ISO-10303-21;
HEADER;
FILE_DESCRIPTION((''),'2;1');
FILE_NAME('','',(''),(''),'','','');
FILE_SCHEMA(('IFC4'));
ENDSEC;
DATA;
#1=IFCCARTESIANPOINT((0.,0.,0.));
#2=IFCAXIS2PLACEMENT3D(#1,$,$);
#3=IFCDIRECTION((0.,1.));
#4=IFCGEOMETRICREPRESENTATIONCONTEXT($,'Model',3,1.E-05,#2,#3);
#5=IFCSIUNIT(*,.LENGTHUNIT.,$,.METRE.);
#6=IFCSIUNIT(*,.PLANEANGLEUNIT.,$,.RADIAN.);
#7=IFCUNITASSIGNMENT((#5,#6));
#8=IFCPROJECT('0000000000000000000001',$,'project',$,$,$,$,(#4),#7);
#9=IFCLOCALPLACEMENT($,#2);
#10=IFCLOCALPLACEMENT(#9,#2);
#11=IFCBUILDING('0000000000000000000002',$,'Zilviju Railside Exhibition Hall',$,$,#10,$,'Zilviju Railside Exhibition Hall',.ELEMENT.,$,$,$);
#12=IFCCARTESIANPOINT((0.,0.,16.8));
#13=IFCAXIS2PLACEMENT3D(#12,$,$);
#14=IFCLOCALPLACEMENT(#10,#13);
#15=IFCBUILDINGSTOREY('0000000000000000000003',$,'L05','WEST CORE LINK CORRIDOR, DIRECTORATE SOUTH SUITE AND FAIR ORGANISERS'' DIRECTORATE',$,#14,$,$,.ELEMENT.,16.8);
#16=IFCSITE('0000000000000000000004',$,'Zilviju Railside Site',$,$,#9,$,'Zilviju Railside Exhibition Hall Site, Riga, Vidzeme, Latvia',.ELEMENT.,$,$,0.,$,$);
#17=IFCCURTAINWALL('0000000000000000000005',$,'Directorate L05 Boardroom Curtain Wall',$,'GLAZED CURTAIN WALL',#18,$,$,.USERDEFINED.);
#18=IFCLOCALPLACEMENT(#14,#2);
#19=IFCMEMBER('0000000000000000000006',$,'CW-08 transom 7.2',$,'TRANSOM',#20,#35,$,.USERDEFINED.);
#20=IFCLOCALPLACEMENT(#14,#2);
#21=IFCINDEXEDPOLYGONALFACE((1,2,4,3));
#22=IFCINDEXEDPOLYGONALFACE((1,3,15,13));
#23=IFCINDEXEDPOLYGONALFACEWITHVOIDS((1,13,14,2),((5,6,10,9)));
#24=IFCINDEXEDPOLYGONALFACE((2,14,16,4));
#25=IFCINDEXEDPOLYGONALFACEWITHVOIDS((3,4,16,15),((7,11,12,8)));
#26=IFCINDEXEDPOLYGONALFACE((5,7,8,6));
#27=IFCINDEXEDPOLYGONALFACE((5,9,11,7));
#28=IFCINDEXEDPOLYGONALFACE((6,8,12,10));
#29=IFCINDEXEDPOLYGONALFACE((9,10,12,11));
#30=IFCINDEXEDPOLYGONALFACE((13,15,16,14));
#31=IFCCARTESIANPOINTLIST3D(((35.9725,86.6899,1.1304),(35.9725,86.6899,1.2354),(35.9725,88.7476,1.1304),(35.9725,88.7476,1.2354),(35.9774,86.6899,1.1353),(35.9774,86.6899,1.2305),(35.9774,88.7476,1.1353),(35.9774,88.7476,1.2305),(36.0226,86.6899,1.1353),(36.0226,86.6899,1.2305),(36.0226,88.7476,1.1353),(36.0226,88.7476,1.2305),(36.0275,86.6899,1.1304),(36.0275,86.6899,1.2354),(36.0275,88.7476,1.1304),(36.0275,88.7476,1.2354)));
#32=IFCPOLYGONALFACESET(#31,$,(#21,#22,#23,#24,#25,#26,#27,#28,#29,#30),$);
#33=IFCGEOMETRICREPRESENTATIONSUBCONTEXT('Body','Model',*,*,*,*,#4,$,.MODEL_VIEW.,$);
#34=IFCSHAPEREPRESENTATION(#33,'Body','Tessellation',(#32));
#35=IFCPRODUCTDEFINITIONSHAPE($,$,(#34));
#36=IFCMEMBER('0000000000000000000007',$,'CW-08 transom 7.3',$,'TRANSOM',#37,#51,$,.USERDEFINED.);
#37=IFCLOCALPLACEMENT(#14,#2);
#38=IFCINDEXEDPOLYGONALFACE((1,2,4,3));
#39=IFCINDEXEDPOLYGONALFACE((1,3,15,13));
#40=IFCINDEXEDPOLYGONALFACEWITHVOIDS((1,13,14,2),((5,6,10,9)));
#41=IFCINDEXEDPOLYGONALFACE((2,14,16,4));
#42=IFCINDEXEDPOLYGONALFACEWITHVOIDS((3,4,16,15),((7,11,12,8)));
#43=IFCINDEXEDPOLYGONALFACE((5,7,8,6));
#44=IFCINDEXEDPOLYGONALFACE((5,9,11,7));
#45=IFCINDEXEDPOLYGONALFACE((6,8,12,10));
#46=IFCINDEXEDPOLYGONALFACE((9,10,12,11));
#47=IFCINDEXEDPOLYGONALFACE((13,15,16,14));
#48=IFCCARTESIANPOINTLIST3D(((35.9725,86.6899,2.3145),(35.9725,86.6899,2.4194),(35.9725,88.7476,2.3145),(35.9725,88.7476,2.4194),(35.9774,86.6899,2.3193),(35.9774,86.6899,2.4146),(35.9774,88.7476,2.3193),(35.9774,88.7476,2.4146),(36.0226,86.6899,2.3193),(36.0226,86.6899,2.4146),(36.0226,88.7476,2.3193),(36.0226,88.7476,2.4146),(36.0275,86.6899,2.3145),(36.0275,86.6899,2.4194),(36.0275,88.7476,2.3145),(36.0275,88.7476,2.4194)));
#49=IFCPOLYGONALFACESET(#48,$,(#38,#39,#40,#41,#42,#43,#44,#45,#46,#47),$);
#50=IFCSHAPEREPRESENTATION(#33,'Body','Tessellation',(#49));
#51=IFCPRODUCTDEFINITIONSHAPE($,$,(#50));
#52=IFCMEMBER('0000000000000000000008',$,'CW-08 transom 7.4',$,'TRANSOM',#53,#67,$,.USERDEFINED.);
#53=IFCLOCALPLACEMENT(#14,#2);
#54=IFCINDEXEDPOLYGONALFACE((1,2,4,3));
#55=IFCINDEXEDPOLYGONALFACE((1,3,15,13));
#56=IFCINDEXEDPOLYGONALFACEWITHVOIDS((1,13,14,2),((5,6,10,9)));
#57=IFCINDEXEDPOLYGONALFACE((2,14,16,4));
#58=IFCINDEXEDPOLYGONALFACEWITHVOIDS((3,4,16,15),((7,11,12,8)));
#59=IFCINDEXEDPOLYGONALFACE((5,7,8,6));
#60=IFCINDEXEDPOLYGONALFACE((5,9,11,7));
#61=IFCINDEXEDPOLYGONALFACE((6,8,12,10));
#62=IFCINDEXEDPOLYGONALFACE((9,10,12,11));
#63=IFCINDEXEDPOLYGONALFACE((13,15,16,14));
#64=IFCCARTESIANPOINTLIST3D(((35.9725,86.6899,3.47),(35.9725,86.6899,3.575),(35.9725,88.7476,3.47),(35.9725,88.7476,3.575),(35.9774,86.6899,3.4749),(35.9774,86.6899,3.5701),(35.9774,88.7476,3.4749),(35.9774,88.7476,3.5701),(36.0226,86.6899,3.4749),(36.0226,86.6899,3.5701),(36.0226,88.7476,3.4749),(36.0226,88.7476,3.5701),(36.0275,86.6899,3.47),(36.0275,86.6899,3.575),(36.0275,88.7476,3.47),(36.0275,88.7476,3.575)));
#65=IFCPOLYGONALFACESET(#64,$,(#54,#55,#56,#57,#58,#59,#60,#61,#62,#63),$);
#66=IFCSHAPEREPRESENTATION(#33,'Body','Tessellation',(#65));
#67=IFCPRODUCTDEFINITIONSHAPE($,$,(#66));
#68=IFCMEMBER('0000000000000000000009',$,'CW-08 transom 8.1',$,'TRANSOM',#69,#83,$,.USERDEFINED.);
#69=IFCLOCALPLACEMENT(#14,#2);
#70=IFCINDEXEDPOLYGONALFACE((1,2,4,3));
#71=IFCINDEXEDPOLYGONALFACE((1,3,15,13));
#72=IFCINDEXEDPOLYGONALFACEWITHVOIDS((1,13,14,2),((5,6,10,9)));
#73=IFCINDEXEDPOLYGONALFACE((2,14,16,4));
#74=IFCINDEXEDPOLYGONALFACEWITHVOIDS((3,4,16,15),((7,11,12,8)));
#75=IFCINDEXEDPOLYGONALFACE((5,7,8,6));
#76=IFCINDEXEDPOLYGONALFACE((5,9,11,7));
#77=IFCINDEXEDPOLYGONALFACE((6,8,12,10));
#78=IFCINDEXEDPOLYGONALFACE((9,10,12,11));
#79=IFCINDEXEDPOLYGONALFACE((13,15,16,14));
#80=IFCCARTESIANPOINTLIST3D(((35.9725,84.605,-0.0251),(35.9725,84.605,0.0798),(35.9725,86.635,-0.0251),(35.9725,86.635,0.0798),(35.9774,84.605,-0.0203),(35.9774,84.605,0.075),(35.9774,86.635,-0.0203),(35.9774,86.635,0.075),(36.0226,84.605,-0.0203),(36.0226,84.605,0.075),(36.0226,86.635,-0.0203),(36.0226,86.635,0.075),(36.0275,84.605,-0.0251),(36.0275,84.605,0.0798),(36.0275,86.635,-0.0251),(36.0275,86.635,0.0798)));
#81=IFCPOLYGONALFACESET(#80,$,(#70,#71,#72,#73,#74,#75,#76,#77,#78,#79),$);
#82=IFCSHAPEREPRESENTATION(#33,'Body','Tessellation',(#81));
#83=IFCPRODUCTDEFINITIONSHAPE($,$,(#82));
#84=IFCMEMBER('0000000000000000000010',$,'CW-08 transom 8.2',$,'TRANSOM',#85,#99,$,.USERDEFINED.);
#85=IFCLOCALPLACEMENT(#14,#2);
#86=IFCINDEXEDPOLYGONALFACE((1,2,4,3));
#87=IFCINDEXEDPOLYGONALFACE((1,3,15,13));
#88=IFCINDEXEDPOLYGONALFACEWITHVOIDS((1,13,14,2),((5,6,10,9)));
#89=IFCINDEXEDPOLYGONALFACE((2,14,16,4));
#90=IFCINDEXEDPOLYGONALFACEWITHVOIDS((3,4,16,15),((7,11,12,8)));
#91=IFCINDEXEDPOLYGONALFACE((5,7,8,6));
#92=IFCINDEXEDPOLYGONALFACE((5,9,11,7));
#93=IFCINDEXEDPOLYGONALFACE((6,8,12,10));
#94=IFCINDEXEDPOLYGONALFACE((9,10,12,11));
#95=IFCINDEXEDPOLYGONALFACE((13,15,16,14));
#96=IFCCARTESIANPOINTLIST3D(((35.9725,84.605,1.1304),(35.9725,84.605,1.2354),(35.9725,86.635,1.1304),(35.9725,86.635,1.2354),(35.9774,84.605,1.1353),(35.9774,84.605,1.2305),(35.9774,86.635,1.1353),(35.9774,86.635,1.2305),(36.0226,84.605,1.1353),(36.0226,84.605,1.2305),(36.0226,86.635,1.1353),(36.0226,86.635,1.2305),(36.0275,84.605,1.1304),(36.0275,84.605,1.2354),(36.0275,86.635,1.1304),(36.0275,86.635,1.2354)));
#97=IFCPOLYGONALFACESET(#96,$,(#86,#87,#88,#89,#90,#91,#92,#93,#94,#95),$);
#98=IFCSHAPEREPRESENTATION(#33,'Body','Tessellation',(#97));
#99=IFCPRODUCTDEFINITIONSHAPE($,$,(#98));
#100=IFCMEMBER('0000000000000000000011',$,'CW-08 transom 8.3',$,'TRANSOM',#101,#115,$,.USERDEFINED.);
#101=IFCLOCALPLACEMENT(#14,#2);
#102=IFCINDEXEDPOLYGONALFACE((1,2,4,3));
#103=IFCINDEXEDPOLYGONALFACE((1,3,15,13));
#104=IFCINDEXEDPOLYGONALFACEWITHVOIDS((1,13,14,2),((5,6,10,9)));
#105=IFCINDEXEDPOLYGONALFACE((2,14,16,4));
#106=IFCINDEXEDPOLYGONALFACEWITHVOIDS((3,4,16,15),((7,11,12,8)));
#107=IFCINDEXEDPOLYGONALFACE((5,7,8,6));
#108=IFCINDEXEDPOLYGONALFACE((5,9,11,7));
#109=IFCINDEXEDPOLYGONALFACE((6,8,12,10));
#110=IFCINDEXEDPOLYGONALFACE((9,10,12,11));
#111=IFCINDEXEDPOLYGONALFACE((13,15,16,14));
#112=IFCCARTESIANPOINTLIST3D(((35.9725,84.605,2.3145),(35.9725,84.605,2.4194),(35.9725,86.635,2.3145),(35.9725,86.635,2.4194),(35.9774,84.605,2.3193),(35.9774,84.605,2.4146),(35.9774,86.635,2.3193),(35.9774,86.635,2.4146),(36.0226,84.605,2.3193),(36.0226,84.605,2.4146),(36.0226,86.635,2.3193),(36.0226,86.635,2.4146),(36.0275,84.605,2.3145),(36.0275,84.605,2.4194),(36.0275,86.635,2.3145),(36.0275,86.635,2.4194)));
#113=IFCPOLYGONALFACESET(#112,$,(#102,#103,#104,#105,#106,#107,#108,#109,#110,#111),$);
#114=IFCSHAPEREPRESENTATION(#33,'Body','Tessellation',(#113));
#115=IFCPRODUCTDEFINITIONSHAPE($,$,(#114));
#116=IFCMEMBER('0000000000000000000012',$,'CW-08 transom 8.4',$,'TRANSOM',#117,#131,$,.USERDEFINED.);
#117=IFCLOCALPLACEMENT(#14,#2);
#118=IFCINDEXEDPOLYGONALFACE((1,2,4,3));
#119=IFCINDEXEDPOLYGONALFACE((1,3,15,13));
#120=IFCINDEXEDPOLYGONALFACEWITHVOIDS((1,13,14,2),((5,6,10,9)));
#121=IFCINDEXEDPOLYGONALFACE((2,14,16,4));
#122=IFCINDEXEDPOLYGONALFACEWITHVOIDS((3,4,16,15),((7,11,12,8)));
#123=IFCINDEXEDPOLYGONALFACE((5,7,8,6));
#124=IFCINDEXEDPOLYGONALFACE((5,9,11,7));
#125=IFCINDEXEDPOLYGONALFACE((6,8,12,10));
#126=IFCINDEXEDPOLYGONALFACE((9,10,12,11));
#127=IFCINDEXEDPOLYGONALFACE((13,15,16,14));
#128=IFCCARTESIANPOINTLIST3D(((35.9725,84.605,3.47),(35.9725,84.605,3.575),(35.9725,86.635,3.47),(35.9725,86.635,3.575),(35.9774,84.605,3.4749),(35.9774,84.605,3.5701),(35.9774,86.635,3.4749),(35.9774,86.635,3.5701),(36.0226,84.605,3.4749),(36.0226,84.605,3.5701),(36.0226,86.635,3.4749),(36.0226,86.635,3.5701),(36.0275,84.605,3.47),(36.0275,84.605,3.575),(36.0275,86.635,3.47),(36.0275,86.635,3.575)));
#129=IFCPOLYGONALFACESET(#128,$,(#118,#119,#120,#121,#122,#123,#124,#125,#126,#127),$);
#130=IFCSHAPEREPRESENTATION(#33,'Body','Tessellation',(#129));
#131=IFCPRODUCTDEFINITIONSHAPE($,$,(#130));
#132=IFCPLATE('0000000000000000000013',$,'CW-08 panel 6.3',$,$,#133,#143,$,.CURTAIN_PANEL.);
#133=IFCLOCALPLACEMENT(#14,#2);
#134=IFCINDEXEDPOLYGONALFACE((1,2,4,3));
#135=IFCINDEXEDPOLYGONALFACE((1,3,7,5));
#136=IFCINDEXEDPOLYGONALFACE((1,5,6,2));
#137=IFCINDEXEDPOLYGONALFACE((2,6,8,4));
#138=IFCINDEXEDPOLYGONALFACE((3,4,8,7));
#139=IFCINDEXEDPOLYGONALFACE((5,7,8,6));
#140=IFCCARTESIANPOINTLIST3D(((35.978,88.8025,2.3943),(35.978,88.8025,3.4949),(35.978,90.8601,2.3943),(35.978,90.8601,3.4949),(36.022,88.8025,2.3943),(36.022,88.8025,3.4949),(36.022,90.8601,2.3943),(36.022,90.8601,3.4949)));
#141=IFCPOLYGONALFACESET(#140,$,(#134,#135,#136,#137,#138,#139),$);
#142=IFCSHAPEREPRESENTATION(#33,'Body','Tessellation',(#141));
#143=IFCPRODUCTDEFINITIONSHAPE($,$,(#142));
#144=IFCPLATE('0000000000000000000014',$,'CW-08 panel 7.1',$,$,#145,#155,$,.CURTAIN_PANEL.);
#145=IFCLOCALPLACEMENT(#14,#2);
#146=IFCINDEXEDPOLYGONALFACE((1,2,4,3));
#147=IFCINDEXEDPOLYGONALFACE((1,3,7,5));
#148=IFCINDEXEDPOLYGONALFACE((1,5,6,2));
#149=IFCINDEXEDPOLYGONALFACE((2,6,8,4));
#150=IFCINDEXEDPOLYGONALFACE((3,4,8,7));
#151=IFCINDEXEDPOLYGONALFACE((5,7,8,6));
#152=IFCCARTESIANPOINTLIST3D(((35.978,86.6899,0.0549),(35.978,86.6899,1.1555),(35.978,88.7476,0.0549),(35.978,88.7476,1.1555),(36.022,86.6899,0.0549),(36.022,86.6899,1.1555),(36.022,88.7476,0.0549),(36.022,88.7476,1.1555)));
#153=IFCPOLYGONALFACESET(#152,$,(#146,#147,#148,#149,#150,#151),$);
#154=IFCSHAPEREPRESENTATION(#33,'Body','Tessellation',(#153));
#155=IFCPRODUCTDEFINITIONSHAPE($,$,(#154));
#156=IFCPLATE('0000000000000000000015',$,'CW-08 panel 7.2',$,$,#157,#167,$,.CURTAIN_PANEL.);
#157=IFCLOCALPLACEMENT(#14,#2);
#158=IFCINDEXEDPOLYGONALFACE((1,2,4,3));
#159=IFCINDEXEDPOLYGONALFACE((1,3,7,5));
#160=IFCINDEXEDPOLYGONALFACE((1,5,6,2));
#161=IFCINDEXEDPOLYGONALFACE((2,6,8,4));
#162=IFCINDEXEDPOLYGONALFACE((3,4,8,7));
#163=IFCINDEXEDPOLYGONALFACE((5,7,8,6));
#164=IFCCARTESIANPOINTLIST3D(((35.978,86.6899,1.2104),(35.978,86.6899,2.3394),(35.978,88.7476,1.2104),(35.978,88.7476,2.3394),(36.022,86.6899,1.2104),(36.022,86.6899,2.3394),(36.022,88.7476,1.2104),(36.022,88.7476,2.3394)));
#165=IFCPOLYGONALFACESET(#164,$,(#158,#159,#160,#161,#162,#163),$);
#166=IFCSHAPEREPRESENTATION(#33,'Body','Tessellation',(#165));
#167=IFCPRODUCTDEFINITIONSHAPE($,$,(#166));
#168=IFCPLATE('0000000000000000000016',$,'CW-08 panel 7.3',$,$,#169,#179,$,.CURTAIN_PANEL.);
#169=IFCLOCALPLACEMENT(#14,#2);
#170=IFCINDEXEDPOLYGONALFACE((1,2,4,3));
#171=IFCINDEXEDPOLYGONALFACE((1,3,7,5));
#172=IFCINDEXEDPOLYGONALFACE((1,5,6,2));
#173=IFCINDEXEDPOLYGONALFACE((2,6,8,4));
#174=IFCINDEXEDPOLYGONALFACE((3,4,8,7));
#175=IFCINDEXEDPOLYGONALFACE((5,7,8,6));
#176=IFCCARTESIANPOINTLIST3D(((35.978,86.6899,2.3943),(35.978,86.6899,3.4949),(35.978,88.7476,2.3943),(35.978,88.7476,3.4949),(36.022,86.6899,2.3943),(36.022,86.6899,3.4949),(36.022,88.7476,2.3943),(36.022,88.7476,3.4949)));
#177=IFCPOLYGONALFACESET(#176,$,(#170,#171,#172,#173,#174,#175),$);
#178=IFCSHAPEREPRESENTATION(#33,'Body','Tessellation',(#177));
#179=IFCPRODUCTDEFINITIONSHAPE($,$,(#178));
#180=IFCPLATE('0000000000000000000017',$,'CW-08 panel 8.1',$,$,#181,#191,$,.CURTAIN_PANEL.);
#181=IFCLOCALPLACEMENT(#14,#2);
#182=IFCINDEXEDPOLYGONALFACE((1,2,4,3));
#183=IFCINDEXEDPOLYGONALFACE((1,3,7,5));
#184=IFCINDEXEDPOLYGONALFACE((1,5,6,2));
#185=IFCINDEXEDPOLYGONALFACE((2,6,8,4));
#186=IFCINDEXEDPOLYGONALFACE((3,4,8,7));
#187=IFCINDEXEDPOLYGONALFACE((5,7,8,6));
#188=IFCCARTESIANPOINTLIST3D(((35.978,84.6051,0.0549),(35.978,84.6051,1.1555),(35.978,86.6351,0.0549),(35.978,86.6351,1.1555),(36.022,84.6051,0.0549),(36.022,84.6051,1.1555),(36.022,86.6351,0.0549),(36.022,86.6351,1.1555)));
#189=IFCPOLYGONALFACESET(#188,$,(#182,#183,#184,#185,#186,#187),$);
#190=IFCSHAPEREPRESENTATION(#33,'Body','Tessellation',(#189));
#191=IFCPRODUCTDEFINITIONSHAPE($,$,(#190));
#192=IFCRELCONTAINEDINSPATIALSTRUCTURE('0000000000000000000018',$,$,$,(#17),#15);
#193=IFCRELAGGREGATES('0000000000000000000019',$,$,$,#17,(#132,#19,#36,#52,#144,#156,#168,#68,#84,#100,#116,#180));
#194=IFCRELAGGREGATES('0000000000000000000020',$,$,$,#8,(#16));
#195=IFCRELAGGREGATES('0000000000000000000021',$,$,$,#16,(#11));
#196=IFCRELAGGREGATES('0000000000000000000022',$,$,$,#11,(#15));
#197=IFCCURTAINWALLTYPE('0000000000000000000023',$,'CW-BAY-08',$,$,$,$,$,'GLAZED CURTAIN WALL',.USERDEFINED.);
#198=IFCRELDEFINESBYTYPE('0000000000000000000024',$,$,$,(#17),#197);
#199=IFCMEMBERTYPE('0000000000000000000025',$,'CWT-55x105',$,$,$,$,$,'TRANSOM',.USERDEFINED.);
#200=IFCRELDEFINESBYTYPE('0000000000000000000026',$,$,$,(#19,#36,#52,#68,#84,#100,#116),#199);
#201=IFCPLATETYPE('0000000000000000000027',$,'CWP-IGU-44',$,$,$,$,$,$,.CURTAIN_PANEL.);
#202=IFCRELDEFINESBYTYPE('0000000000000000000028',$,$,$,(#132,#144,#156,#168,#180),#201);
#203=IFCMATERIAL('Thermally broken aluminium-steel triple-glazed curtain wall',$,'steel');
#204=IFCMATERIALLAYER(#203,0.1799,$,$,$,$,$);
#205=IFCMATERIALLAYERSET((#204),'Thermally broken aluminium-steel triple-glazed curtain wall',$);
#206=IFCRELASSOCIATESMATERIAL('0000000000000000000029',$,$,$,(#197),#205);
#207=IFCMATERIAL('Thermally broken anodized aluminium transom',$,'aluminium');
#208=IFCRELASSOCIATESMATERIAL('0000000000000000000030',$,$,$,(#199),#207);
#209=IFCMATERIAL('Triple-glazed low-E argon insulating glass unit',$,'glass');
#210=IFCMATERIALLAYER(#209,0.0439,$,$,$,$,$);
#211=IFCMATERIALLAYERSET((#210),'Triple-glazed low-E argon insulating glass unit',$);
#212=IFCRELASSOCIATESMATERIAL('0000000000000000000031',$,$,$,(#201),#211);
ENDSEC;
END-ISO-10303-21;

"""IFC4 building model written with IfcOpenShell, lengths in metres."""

from ifc_helpers import new_model, si_unit, direction, frame, origin, origin_2d, place, context, subcontext, project, spatial, rectangle, hollow_rectangle, extrude, material, layer, layer_set, material_profile, profile_set, type_object, element, aggregate, save


model = new_model("IFC4")

# Units and contexts
model_context = context("Model", 3, precision=1e-05, world=origin(), true_north=direction((0.0, 1.0)))
body_context = subcontext(model_context, "Body", "Model", "MODEL_VIEW")
ifc_project = project(units=[si_unit("LENGTHUNIT", "METRE"), si_unit("PLANEANGLEUNIT", "RADIAN")], contexts=[model_context])

# Site, building, storey
site_placement = place(None, origin())
site = spatial("IfcSite", under=ifc_project, at=site_placement, Name="Zilviju Railside Site", LongName="Zilviju Railside Exhibition Hall Site, Riga, Vidzeme, Latvia", CompositionType="ELEMENT", RefElevation=0.0)
building_placement = place(site_placement, origin())
building = spatial("IfcBuilding", under=site, at=building_placement, Name="Zilviju Railside Exhibition Hall", LongName="Zilviju Railside Exhibition Hall", CompositionType="ELEMENT")
storey_placement = place(building_placement, frame((0.0, 0.0, 16.8)))
storey = spatial("IfcBuildingStorey", under=building, at=storey_placement, Name="L05", Description="WEST CORE LINK CORRIDOR, DIRECTORATE SOUTH SUITE AND FAIR ORGANISERS' DIRECTORATE", CompositionType="ELEMENT", Elevation=16.8)

# Curtain wall, members, plates
ifc_material_1 = material(Name="Thermally broken aluminium-steel triple-glazed curtain wall", Category="steel")
ifc_layer_1 = layer(ifc_material_1, 0.1799)
ifc_layer_set_1 = layer_set([ifc_layer_1], Name="Thermally broken aluminium-steel triple-glazed curtain wall")
curtain_wall_type = type_object("IfcCurtainWallType", Name="CW-BAY-08", ElementType="GLAZED CURTAIN WALL", PredefinedType="USERDEFINED", material=ifc_layer_set_1)
curtain_wall_placement = place(storey_placement, origin())
curtain_wall = element("IfcCurtainWall", 1, at=curtain_wall_placement, inside=storey, type_object=curtain_wall_type, Name="Directorate L05 Boardroom Curtain Wall", ObjectType="GLAZED CURTAIN WALL", PredefinedType="USERDEFINED")
ifc_material_2 = material(Name="Thermally broken anodized aluminium transom", Category="aluminium")
ifc_material_profile_1 = material_profile(ifc_material_2, hollow_rectangle(XDim=0.0549, YDim=0.105, WallThickness=0.0049, at=origin_2d()), Name="TRANSOM 105x55x5")
ifc_profile_set_1 = profile_set([ifc_material_profile_1], Name="Thermally broken anodized aluminium transom")
member_type = type_object("IfcMemberType", Name="CWT-55x105", ElementType="TRANSOM", PredefinedType="USERDEFINED", material=ifc_profile_set_1)
member_1_placement = place(storey_placement, frame((36.0, 88.7476, 1.1829), z_axis=(0.0, -1.0, 0.0), x_axis=(1.0, 0.0, 0.0)))
member_1 = element("IfcMember", 2, at=member_1_placement, type_object=member_type, Name="CW-08 transom 7.2", ObjectType="TRANSOM", PredefinedType="USERDEFINED", context=body_context, shape_type="SweptSolid", body=[
    extrude(hollow_rectangle(XDim=0.0549, YDim=0.105, WallThickness=0.0049, at=origin_2d()), origin(), (0.0, 0.0, 1.0), 2.0576),
])
member_2_placement = place(storey_placement, frame((36.0, 88.7476, 2.3669), z_axis=(0.0, -1.0, 0.0), x_axis=(1.0, 0.0, 0.0)))
member_2 = element("IfcMember", 3, at=member_2_placement, type_object=member_type, Name="CW-08 transom 7.3", ObjectType="TRANSOM", PredefinedType="USERDEFINED", context=body_context, shape_type="SweptSolid", body=[
    extrude(hollow_rectangle(XDim=0.0549, YDim=0.105, WallThickness=0.0049, at=origin_2d()), origin(), (0.0, 0.0, 1.0), 2.0576),
])
member_3_placement = place(storey_placement, frame((36.0, 88.7476, 3.5225), z_axis=(0.0, -1.0, 0.0), x_axis=(1.0, 0.0, 0.0)))
member_3 = element("IfcMember", 4, at=member_3_placement, type_object=member_type, Name="CW-08 transom 7.4", ObjectType="TRANSOM", PredefinedType="USERDEFINED", context=body_context, shape_type="SweptSolid", body=[
    extrude(hollow_rectangle(XDim=0.0549, YDim=0.105, WallThickness=0.0049, at=origin_2d()), origin(), (0.0, 0.0, 1.0), 2.0576),
])
member_4_placement = place(storey_placement, frame((36.0, 86.635, 0.0273), z_axis=(0.0, -1.0, 0.0), x_axis=(1.0, 0.0, 0.0)))
member_4 = element("IfcMember", 5, at=member_4_placement, type_object=member_type, Name="CW-08 transom 8.1", ObjectType="TRANSOM", PredefinedType="USERDEFINED", context=body_context, shape_type="SweptSolid", body=[
    extrude(hollow_rectangle(XDim=0.0549, YDim=0.105, WallThickness=0.0049, at=origin_2d()), origin(), (0.0, 0.0, 1.0), 2.03),
])
member_5_placement = place(storey_placement, frame((36.0, 86.635, 1.1829), z_axis=(0.0, -1.0, 0.0), x_axis=(1.0, 0.0, 0.0)))
member_5 = element("IfcMember", 6, at=member_5_placement, type_object=member_type, Name="CW-08 transom 8.2", ObjectType="TRANSOM", PredefinedType="USERDEFINED", context=body_context, shape_type="SweptSolid", body=[
    extrude(hollow_rectangle(XDim=0.0549, YDim=0.105, WallThickness=0.0049, at=origin_2d()), origin(), (0.0, 0.0, 1.0), 2.03),
])
member_6_placement = place(storey_placement, frame((36.0, 86.635, 2.3669), z_axis=(0.0, -1.0, 0.0), x_axis=(1.0, 0.0, 0.0)))
member_6 = element("IfcMember", 7, at=member_6_placement, type_object=member_type, Name="CW-08 transom 8.3", ObjectType="TRANSOM", PredefinedType="USERDEFINED", context=body_context, shape_type="SweptSolid", body=[
    extrude(hollow_rectangle(XDim=0.0549, YDim=0.105, WallThickness=0.0049, at=origin_2d()), origin(), (0.0, 0.0, 1.0), 2.03),
])
member_7_placement = place(storey_placement, frame((36.0, 86.635, 3.5225), z_axis=(0.0, -1.0, 0.0), x_axis=(1.0, 0.0, 0.0)))
member_7 = element("IfcMember", 8, at=member_7_placement, type_object=member_type, Name="CW-08 transom 8.4", ObjectType="TRANSOM", PredefinedType="USERDEFINED", context=body_context, shape_type="SweptSolid", body=[
    extrude(hollow_rectangle(XDim=0.0549, YDim=0.105, WallThickness=0.0049, at=origin_2d()), origin(), (0.0, 0.0, 1.0), 2.03),
])
ifc_material_3 = material(Name="Triple-glazed low-E argon insulating glass unit", Category="glass")
ifc_layer_2 = layer(ifc_material_3, 0.0439)
ifc_layer_set_2 = layer_set([ifc_layer_2], Name="Triple-glazed low-E argon insulating glass unit")
plate_type = type_object("IfcPlateType", Name="CWP-IGU-44", PredefinedType="CURTAIN_PANEL", material=ifc_layer_set_2)
plate_1_placement = place(storey_placement, frame((36.0, 89.8313, 2.3943), z_axis=(0.0, 0.0, 1.0), x_axis=(0.0, -1.0, 0.0)))
plate_1 = element("IfcPlate", 9, at=plate_1_placement, type_object=plate_type, Name="CW-08 panel 6.3", PredefinedType="CURTAIN_PANEL", context=body_context, shape_type="SweptSolid", body=[
    extrude(rectangle(XDim=2.0576, YDim=0.0439, at=origin_2d()), origin(), (0.0, 0.0, 1.0), 1.1006),
])
plate_2_placement = place(storey_placement, frame((36.0, 87.7188, 0.0549), z_axis=(0.0, 0.0, 1.0), x_axis=(0.0, -1.0, 0.0)))
plate_2 = element("IfcPlate", 10, at=plate_2_placement, type_object=plate_type, Name="CW-08 panel 7.1", PredefinedType="CURTAIN_PANEL", context=body_context, shape_type="SweptSolid", body=[
    extrude(rectangle(XDim=2.0576, YDim=0.0439, at=origin_2d()), origin(), (0.0, 0.0, 1.0), 1.1006),
])
plate_3_placement = place(storey_placement, frame((36.0, 87.7188, 1.2104), z_axis=(0.0, 0.0, 1.0), x_axis=(0.0, -1.0, 0.0)))
plate_3 = element("IfcPlate", 11, at=plate_3_placement, type_object=plate_type, Name="CW-08 panel 7.2", PredefinedType="CURTAIN_PANEL", context=body_context, shape_type="SweptSolid", body=[
    extrude(rectangle(XDim=2.0576, YDim=0.0439, at=origin_2d()), origin(), (0.0, 0.0, 1.0), 1.1289),
])
plate_4_placement = place(storey_placement, frame((36.0, 87.7188, 2.3943), z_axis=(0.0, 0.0, 1.0), x_axis=(0.0, -1.0, 0.0)))
plate_4 = element("IfcPlate", 12, at=plate_4_placement, type_object=plate_type, Name="CW-08 panel 7.3", PredefinedType="CURTAIN_PANEL", context=body_context, shape_type="SweptSolid", body=[
    extrude(rectangle(XDim=2.0576, YDim=0.0439, at=origin_2d()), origin(), (0.0, 0.0, 1.0), 1.1006),
])
plate_5_placement = place(storey_placement, frame((36.0, 85.6201, 0.0549), z_axis=(0.0, 0.0, 1.0), x_axis=(0.0, -1.0, 0.0)))
plate_5 = element("IfcPlate", 13, at=plate_5_placement, type_object=plate_type, Name="CW-08 panel 8.1", PredefinedType="CURTAIN_PANEL", context=body_context, shape_type="SweptSolid", body=[
    extrude(rectangle(XDim=2.03, YDim=0.0439, at=origin_2d()), origin(), (0.0, 0.0, 1.0), 1.1006),
])
aggregate(curtain_wall, [plate_1, member_1, member_2, member_3, plate_2, plate_3, plate_4, member_4, member_5, member_6, member_7, plate_5])

save(model, "model.ifc")
